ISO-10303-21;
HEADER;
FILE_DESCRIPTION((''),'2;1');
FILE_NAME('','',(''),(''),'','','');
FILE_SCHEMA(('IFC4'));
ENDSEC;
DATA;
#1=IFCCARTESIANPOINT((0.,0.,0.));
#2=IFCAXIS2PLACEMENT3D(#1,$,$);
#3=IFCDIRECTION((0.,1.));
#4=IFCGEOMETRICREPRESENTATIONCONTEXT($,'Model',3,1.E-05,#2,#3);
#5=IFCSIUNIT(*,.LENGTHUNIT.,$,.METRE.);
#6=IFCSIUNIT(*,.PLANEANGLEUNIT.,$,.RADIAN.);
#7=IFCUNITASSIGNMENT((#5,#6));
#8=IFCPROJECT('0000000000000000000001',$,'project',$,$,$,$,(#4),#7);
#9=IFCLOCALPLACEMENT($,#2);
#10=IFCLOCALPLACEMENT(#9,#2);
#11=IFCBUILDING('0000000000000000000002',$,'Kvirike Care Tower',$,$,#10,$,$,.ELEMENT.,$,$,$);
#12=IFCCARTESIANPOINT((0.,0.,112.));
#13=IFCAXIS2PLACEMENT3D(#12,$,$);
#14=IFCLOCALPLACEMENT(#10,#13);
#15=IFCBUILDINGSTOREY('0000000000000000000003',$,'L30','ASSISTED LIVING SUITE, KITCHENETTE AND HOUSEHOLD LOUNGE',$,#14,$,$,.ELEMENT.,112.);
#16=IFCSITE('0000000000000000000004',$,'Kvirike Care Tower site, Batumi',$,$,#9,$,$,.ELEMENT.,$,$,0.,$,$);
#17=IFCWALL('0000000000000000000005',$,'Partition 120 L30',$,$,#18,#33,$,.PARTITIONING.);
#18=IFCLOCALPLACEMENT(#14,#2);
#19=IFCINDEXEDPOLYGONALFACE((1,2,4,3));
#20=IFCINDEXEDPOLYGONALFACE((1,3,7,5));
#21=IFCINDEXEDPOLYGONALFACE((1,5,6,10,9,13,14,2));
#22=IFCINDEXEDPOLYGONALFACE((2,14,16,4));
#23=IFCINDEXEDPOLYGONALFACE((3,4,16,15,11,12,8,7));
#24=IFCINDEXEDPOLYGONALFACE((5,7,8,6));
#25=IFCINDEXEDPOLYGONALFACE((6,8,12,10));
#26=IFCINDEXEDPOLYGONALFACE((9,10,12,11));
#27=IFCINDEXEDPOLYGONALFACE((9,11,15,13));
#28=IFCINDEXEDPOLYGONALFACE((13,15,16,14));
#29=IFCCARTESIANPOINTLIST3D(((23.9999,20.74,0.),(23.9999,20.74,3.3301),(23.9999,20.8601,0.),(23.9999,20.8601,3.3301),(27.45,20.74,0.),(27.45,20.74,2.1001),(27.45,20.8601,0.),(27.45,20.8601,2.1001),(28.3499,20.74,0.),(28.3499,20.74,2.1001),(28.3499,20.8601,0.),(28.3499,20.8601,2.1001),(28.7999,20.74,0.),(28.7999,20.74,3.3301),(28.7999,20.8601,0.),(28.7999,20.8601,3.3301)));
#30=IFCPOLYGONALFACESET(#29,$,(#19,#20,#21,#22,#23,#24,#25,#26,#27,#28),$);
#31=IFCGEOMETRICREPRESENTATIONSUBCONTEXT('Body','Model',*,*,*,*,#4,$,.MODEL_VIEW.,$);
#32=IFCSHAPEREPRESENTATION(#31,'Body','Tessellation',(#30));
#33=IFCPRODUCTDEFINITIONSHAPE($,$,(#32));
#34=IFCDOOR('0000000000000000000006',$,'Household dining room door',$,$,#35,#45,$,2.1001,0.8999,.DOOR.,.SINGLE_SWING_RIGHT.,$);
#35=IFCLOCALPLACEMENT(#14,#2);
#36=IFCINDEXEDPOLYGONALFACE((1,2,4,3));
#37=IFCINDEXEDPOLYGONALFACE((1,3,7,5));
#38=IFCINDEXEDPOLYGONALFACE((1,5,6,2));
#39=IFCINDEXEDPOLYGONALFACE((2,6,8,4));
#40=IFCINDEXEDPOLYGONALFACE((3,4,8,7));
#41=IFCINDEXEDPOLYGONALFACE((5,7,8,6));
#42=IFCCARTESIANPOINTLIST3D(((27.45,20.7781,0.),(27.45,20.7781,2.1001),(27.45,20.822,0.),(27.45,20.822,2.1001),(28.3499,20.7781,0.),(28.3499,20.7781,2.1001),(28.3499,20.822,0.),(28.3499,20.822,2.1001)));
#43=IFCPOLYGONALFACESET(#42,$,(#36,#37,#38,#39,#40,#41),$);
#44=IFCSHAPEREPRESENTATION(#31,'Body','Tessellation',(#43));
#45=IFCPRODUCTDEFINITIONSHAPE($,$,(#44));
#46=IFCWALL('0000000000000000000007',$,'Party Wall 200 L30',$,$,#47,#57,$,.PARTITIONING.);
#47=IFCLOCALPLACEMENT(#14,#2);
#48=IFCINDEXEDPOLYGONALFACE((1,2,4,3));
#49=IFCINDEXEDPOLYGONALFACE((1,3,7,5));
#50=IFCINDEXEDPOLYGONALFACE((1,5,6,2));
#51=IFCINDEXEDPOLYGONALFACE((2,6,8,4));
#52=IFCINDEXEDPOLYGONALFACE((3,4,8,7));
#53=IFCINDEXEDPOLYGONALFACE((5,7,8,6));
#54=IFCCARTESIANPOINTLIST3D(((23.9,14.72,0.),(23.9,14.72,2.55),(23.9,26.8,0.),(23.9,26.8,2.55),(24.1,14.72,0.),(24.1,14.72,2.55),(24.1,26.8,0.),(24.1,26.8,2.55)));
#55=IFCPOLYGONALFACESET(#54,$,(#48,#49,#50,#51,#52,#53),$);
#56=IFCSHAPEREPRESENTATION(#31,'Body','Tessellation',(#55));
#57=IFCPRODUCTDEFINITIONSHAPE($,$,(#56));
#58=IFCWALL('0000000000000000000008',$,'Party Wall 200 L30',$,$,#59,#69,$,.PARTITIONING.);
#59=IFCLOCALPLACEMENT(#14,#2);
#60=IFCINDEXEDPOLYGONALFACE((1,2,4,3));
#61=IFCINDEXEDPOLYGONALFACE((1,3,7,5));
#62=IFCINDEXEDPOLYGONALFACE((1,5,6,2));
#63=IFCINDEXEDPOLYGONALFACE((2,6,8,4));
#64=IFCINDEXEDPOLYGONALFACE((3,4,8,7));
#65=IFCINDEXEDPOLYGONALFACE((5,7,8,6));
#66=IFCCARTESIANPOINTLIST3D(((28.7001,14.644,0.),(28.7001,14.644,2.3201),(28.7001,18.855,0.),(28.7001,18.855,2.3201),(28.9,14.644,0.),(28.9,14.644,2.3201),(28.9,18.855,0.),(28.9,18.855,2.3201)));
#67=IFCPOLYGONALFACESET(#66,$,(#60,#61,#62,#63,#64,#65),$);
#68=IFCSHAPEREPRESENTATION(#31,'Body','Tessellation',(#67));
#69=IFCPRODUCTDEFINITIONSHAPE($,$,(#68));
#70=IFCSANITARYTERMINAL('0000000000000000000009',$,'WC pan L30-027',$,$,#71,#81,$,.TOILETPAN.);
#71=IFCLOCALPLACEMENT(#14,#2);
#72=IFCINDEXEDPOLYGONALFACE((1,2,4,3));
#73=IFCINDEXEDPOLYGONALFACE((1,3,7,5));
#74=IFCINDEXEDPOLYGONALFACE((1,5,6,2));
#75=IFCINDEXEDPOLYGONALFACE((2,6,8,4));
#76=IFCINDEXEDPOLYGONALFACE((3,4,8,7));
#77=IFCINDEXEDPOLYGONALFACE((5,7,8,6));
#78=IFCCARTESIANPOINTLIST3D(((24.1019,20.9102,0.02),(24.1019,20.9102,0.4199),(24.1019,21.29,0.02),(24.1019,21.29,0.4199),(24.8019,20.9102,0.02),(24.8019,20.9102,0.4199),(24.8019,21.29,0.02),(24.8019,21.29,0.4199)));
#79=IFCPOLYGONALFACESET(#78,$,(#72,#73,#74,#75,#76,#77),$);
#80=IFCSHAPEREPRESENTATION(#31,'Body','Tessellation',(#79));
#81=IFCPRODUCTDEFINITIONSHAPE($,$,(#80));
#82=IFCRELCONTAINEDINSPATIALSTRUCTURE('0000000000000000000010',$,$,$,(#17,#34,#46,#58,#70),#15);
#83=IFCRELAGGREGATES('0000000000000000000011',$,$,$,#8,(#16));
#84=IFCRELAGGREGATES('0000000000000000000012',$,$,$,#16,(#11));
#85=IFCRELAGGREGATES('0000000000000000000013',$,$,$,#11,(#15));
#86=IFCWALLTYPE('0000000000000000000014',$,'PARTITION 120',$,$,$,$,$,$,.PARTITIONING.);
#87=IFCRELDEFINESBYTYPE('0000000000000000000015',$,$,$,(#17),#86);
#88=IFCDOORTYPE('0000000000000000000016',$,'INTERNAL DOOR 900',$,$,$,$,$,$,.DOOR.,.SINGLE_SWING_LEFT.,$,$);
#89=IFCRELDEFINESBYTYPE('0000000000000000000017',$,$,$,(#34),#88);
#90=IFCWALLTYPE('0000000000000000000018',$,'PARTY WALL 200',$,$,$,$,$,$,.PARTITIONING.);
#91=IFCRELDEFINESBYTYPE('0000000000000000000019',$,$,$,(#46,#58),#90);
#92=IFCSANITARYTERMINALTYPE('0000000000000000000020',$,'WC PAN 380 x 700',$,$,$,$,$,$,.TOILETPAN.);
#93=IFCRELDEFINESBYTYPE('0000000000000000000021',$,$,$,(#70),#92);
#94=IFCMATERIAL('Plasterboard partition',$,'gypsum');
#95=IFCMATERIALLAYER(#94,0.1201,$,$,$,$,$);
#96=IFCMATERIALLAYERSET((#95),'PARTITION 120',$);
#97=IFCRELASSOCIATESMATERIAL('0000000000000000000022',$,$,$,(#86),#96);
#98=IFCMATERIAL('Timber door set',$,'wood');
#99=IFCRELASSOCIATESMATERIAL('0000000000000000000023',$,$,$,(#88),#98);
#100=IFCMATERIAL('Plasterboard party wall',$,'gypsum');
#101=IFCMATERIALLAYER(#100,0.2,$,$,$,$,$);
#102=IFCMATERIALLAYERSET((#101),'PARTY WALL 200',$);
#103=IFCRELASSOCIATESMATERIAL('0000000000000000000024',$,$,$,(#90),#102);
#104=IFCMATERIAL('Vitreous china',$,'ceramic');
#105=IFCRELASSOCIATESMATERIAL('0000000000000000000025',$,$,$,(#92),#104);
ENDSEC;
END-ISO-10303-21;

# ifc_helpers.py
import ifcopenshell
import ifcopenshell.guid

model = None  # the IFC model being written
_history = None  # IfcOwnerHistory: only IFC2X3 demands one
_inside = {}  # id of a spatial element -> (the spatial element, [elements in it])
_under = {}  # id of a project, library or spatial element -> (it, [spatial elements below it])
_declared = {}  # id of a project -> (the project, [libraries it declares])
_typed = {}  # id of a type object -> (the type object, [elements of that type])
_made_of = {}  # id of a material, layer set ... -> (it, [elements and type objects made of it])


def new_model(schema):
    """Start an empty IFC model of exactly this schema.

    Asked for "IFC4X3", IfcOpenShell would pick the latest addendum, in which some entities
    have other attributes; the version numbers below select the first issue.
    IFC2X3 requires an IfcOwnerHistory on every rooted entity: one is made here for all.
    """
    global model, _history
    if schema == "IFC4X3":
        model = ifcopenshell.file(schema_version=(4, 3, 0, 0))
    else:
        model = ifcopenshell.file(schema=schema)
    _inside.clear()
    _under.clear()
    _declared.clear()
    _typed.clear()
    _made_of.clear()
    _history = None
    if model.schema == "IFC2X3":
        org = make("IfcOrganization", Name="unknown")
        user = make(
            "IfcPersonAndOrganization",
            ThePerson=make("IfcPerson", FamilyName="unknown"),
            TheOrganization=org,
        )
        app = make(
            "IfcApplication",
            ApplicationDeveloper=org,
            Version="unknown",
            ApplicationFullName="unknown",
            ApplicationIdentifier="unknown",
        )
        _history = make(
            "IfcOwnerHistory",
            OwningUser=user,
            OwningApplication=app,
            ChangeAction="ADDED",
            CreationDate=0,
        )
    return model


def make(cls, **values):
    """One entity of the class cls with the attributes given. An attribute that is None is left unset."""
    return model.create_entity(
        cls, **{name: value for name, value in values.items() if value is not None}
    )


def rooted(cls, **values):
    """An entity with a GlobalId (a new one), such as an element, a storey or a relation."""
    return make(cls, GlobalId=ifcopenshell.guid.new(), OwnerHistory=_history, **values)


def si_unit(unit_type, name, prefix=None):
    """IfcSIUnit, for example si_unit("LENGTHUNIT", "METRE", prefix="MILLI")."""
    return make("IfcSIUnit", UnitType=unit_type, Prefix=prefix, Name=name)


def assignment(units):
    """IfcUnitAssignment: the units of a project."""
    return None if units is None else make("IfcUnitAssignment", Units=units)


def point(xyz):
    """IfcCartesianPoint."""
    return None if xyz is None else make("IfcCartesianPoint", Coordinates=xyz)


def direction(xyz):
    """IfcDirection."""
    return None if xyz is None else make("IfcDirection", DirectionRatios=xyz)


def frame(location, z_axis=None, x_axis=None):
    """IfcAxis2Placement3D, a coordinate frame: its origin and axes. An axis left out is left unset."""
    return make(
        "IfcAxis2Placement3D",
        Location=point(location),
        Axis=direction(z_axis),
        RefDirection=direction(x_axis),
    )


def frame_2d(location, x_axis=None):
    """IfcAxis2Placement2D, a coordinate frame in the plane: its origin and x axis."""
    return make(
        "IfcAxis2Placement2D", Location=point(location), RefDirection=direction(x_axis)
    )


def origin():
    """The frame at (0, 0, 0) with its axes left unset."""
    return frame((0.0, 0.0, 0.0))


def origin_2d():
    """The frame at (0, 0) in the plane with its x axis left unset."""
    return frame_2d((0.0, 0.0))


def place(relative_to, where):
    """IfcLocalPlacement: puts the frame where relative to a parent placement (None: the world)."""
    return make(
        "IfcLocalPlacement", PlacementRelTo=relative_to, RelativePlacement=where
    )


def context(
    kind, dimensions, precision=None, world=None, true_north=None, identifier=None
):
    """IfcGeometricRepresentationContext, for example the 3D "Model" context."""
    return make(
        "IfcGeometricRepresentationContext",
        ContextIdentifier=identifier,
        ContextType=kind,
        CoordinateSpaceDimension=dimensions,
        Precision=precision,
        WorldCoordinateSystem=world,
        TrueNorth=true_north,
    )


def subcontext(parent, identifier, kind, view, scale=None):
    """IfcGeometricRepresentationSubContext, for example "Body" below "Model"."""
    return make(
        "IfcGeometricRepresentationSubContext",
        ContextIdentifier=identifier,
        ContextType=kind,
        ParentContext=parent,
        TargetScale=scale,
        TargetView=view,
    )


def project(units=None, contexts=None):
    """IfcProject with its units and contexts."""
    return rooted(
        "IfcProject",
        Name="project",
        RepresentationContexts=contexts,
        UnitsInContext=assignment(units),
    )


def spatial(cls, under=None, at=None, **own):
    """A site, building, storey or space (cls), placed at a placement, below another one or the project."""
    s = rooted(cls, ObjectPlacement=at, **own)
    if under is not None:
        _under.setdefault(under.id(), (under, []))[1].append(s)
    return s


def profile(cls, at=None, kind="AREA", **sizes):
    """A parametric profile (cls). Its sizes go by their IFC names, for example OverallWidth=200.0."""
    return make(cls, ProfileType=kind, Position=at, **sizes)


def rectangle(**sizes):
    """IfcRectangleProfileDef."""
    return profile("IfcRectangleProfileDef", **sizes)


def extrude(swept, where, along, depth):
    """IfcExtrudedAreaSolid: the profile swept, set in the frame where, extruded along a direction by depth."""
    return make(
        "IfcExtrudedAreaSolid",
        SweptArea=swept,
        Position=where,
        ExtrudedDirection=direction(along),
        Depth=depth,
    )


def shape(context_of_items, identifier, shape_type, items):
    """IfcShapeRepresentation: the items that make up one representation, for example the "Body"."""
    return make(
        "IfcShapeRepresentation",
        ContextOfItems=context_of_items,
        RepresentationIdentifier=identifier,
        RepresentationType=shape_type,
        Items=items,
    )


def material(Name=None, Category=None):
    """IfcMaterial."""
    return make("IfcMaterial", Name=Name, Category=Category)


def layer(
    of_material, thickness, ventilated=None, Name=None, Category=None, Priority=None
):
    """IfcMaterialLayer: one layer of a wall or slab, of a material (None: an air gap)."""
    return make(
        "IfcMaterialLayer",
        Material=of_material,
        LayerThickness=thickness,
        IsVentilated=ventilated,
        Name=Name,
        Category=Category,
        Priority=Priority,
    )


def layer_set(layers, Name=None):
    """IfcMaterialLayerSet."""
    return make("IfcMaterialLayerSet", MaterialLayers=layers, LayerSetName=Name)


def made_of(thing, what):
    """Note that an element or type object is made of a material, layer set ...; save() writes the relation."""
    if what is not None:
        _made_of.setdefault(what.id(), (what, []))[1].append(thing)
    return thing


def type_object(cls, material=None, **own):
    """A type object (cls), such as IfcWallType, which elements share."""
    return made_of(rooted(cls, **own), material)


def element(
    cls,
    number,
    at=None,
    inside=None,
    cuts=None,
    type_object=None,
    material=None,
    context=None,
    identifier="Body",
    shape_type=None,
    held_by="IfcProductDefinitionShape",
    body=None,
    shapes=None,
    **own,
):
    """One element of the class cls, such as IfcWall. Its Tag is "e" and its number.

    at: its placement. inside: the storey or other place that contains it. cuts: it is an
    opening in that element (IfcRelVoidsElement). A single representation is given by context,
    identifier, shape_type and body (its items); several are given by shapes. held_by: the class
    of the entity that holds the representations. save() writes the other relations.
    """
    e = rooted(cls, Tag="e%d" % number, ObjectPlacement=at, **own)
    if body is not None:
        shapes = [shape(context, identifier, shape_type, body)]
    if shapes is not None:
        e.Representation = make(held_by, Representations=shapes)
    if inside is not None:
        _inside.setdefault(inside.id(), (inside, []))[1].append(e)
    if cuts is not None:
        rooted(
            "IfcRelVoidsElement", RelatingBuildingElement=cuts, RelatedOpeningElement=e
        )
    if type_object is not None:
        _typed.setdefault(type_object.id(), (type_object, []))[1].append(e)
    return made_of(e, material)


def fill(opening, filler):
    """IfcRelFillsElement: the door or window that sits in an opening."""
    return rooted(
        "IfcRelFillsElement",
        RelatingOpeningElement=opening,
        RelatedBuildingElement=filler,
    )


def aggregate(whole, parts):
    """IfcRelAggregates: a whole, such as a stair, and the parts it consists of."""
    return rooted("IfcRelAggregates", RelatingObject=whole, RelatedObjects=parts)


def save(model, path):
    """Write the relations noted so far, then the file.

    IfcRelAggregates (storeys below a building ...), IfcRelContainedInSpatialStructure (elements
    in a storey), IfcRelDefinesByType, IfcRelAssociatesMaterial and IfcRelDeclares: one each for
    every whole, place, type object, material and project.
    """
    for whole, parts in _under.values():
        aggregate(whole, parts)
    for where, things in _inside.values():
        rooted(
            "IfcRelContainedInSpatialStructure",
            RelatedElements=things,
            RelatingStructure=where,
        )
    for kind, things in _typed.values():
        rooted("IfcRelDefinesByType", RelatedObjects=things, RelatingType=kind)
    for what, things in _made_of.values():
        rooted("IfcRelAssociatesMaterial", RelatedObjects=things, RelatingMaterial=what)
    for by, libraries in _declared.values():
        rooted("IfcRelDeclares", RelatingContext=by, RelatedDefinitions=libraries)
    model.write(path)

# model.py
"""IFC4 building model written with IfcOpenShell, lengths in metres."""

from ifc_helpers import new_model, si_unit, direction, frame, frame_2d, origin, origin_2d, place, context, subcontext, project, spatial, rectangle, extrude, material, layer, layer_set, type_object, element, fill, save


model = new_model("IFC4")

# Units and contexts
model_context = context("Model", 3, precision=1e-05, world=origin(), true_north=direction((0.0, 1.0)))
body_context = subcontext(model_context, "Body", "Model", "MODEL_VIEW")
ifc_project = project(units=[si_unit("LENGTHUNIT", "METRE"), si_unit("PLANEANGLEUNIT", "RADIAN")], contexts=[model_context])

# Site, building, storey
site_placement = place(None, origin())
site = spatial("IfcSite", under=ifc_project, at=site_placement, Name="Kvirike Care Tower site, Batumi", CompositionType="ELEMENT", RefElevation=0.0)
building_placement = place(site_placement, origin())
building = spatial("IfcBuilding", under=site, at=building_placement, Name="Kvirike Care Tower", CompositionType="ELEMENT")
storey_placement = place(building_placement, frame((0.0, 0.0, 112.0)))
storey = spatial("IfcBuildingStorey", under=building, at=storey_placement, Name="L30", Description="ASSISTED LIVING SUITE, KITCHENETTE AND HOUSEHOLD LOUNGE", CompositionType="ELEMENT", Elevation=112.0)

# Wall, opening, door
ifc_material_1 = material(Name="Plasterboard partition", Category="gypsum")
ifc_layer_1 = layer(ifc_material_1, 0.1201)
ifc_layer_set_1 = layer_set([ifc_layer_1], Name="PARTITION 120")
wall_type_1 = type_object("IfcWallType", Name="PARTITION 120", PredefinedType="PARTITIONING", material=ifc_layer_set_1)
wall_1_placement = place(storey_placement, frame((24.0, 20.8, 0.0), z_axis=(0.0, 0.0, 1.0), x_axis=(1.0, 0.0, 0.0)))
wall_1 = element("IfcWall", 1, at=wall_1_placement, inside=storey, type_object=wall_type_1, Name="Partition 120 L30", PredefinedType="PARTITIONING", context=body_context, shape_type="SweptSolid", body=[
    extrude(rectangle(XDim=4.8, YDim=0.1201, at=frame_2d((2.3999, 0.0))), origin(), (0.0, 0.0, 1.0), 3.3301),
])
opening_1_placement = place(wall_1_placement, frame((3.45, 0.0, 0.0)))
opening_1 = element("IfcOpeningElement", 2, at=opening_1_placement, cuts=wall_1, PredefinedType="OPENING", context=body_context, shape_type="SweptSolid", body=[
    extrude(rectangle(XDim=0.8999, YDim=2.1001, at=frame_2d((0.45, 1.05))), frame((0.0, 0.0706, 0.0), z_axis=(0.0, -1.0, 0.0), x_axis=(1.0, 0.0, 0.0)), (0.0, 0.0, 1.0), 0.1411),
])
ifc_material_2 = material(Name="Timber door set", Category="wood")
door_type_1 = type_object("IfcDoorType", Name="INTERNAL DOOR 900", OperationType="SINGLE_SWING_LEFT", PredefinedType="DOOR", material=ifc_material_2)
door_1_placement = place(opening_1_placement, origin())
door_1 = element("IfcDoor", 3, at=door_1_placement, inside=storey, type_object=door_type_1, Name="Household dining room door", OperationType="SINGLE_SWING_RIGHT", OverallHeight=2.1001, OverallWidth=0.8999, PredefinedType="DOOR", context=body_context, shape_type="SweptSolid", body=[
    extrude(rectangle(XDim=0.8999, YDim=2.1001, at=frame_2d((0.45, 1.05))), frame((0.0, 0.022, 0.0), z_axis=(0.0, -1.0, 0.0), x_axis=(1.0, 0.0, 0.0)), (0.0, 0.0, 1.0), 0.0439),
])
fill(opening_1, door_1)

# Walls
ifc_material_3 = material(Name="Plasterboard party wall", Category="gypsum")
ifc_layer_2 = layer(ifc_material_3, 0.2)
ifc_layer_set_2 = layer_set([ifc_layer_2], Name="PARTY WALL 200")
wall_type_2 = type_object("IfcWallType", Name="PARTY WALL 200", PredefinedType="PARTITIONING", material=ifc_layer_set_2)
wall_2_placement = place(storey_placement, frame((24.0, 14.72, 0.0), z_axis=(0.0, 0.0, 1.0), x_axis=(0.0, 1.0, 0.0)))
element("IfcWall", 4, at=wall_2_placement, inside=storey, type_object=wall_type_2, Name="Party Wall 200 L30", PredefinedType="PARTITIONING", context=body_context, shape_type="SweptSolid", body=[
    extrude(rectangle(XDim=12.0801, YDim=0.2, at=frame_2d((6.04, 0.0))), origin(), (0.0, 0.0, 1.0), 2.55),
])
wall_3_placement = place(storey_placement, frame((28.8, 14.644, 0.0), z_axis=(0.0, 0.0, 1.0), x_axis=(0.0, 1.0, 0.0)))
element("IfcWall", 5, at=wall_3_placement, inside=storey, type_object=wall_type_2, Name="Party Wall 200 L30", PredefinedType="PARTITIONING", context=body_context, shape_type="SweptSolid", body=[
    extrude(rectangle(XDim=4.2109, YDim=0.2, at=frame_2d((2.1055, 0.0))), origin(), (0.0, 0.0, 1.0), 2.3201),
])

# Sanitary terminal
ifc_material_4 = material(Name="Vitreous china", Category="ceramic")
sanitary_terminal_type = type_object("IfcSanitaryTerminalType", Name="WC PAN 380 x 700", PredefinedType="TOILETPAN", material=ifc_material_4)
sanitary_terminal_placement = place(storey_placement, frame((24.4519, 21.1001, 0.02), z_axis=(0.0, 0.0, 1.0), x_axis=(0.0, 1.0, 0.0)))
element("IfcSanitaryTerminal", 6, at=sanitary_terminal_placement, inside=storey, type_object=sanitary_terminal_type, Name="WC pan L30-027", PredefinedType="TOILETPAN", context=body_context, shape_type="SweptSolid", body=[
    extrude(rectangle(XDim=0.3799, YDim=0.7, at=origin_2d()), origin(), (0.0, 0.0, 1.0), 0.3999),
])

save(model, "model.ifc")
